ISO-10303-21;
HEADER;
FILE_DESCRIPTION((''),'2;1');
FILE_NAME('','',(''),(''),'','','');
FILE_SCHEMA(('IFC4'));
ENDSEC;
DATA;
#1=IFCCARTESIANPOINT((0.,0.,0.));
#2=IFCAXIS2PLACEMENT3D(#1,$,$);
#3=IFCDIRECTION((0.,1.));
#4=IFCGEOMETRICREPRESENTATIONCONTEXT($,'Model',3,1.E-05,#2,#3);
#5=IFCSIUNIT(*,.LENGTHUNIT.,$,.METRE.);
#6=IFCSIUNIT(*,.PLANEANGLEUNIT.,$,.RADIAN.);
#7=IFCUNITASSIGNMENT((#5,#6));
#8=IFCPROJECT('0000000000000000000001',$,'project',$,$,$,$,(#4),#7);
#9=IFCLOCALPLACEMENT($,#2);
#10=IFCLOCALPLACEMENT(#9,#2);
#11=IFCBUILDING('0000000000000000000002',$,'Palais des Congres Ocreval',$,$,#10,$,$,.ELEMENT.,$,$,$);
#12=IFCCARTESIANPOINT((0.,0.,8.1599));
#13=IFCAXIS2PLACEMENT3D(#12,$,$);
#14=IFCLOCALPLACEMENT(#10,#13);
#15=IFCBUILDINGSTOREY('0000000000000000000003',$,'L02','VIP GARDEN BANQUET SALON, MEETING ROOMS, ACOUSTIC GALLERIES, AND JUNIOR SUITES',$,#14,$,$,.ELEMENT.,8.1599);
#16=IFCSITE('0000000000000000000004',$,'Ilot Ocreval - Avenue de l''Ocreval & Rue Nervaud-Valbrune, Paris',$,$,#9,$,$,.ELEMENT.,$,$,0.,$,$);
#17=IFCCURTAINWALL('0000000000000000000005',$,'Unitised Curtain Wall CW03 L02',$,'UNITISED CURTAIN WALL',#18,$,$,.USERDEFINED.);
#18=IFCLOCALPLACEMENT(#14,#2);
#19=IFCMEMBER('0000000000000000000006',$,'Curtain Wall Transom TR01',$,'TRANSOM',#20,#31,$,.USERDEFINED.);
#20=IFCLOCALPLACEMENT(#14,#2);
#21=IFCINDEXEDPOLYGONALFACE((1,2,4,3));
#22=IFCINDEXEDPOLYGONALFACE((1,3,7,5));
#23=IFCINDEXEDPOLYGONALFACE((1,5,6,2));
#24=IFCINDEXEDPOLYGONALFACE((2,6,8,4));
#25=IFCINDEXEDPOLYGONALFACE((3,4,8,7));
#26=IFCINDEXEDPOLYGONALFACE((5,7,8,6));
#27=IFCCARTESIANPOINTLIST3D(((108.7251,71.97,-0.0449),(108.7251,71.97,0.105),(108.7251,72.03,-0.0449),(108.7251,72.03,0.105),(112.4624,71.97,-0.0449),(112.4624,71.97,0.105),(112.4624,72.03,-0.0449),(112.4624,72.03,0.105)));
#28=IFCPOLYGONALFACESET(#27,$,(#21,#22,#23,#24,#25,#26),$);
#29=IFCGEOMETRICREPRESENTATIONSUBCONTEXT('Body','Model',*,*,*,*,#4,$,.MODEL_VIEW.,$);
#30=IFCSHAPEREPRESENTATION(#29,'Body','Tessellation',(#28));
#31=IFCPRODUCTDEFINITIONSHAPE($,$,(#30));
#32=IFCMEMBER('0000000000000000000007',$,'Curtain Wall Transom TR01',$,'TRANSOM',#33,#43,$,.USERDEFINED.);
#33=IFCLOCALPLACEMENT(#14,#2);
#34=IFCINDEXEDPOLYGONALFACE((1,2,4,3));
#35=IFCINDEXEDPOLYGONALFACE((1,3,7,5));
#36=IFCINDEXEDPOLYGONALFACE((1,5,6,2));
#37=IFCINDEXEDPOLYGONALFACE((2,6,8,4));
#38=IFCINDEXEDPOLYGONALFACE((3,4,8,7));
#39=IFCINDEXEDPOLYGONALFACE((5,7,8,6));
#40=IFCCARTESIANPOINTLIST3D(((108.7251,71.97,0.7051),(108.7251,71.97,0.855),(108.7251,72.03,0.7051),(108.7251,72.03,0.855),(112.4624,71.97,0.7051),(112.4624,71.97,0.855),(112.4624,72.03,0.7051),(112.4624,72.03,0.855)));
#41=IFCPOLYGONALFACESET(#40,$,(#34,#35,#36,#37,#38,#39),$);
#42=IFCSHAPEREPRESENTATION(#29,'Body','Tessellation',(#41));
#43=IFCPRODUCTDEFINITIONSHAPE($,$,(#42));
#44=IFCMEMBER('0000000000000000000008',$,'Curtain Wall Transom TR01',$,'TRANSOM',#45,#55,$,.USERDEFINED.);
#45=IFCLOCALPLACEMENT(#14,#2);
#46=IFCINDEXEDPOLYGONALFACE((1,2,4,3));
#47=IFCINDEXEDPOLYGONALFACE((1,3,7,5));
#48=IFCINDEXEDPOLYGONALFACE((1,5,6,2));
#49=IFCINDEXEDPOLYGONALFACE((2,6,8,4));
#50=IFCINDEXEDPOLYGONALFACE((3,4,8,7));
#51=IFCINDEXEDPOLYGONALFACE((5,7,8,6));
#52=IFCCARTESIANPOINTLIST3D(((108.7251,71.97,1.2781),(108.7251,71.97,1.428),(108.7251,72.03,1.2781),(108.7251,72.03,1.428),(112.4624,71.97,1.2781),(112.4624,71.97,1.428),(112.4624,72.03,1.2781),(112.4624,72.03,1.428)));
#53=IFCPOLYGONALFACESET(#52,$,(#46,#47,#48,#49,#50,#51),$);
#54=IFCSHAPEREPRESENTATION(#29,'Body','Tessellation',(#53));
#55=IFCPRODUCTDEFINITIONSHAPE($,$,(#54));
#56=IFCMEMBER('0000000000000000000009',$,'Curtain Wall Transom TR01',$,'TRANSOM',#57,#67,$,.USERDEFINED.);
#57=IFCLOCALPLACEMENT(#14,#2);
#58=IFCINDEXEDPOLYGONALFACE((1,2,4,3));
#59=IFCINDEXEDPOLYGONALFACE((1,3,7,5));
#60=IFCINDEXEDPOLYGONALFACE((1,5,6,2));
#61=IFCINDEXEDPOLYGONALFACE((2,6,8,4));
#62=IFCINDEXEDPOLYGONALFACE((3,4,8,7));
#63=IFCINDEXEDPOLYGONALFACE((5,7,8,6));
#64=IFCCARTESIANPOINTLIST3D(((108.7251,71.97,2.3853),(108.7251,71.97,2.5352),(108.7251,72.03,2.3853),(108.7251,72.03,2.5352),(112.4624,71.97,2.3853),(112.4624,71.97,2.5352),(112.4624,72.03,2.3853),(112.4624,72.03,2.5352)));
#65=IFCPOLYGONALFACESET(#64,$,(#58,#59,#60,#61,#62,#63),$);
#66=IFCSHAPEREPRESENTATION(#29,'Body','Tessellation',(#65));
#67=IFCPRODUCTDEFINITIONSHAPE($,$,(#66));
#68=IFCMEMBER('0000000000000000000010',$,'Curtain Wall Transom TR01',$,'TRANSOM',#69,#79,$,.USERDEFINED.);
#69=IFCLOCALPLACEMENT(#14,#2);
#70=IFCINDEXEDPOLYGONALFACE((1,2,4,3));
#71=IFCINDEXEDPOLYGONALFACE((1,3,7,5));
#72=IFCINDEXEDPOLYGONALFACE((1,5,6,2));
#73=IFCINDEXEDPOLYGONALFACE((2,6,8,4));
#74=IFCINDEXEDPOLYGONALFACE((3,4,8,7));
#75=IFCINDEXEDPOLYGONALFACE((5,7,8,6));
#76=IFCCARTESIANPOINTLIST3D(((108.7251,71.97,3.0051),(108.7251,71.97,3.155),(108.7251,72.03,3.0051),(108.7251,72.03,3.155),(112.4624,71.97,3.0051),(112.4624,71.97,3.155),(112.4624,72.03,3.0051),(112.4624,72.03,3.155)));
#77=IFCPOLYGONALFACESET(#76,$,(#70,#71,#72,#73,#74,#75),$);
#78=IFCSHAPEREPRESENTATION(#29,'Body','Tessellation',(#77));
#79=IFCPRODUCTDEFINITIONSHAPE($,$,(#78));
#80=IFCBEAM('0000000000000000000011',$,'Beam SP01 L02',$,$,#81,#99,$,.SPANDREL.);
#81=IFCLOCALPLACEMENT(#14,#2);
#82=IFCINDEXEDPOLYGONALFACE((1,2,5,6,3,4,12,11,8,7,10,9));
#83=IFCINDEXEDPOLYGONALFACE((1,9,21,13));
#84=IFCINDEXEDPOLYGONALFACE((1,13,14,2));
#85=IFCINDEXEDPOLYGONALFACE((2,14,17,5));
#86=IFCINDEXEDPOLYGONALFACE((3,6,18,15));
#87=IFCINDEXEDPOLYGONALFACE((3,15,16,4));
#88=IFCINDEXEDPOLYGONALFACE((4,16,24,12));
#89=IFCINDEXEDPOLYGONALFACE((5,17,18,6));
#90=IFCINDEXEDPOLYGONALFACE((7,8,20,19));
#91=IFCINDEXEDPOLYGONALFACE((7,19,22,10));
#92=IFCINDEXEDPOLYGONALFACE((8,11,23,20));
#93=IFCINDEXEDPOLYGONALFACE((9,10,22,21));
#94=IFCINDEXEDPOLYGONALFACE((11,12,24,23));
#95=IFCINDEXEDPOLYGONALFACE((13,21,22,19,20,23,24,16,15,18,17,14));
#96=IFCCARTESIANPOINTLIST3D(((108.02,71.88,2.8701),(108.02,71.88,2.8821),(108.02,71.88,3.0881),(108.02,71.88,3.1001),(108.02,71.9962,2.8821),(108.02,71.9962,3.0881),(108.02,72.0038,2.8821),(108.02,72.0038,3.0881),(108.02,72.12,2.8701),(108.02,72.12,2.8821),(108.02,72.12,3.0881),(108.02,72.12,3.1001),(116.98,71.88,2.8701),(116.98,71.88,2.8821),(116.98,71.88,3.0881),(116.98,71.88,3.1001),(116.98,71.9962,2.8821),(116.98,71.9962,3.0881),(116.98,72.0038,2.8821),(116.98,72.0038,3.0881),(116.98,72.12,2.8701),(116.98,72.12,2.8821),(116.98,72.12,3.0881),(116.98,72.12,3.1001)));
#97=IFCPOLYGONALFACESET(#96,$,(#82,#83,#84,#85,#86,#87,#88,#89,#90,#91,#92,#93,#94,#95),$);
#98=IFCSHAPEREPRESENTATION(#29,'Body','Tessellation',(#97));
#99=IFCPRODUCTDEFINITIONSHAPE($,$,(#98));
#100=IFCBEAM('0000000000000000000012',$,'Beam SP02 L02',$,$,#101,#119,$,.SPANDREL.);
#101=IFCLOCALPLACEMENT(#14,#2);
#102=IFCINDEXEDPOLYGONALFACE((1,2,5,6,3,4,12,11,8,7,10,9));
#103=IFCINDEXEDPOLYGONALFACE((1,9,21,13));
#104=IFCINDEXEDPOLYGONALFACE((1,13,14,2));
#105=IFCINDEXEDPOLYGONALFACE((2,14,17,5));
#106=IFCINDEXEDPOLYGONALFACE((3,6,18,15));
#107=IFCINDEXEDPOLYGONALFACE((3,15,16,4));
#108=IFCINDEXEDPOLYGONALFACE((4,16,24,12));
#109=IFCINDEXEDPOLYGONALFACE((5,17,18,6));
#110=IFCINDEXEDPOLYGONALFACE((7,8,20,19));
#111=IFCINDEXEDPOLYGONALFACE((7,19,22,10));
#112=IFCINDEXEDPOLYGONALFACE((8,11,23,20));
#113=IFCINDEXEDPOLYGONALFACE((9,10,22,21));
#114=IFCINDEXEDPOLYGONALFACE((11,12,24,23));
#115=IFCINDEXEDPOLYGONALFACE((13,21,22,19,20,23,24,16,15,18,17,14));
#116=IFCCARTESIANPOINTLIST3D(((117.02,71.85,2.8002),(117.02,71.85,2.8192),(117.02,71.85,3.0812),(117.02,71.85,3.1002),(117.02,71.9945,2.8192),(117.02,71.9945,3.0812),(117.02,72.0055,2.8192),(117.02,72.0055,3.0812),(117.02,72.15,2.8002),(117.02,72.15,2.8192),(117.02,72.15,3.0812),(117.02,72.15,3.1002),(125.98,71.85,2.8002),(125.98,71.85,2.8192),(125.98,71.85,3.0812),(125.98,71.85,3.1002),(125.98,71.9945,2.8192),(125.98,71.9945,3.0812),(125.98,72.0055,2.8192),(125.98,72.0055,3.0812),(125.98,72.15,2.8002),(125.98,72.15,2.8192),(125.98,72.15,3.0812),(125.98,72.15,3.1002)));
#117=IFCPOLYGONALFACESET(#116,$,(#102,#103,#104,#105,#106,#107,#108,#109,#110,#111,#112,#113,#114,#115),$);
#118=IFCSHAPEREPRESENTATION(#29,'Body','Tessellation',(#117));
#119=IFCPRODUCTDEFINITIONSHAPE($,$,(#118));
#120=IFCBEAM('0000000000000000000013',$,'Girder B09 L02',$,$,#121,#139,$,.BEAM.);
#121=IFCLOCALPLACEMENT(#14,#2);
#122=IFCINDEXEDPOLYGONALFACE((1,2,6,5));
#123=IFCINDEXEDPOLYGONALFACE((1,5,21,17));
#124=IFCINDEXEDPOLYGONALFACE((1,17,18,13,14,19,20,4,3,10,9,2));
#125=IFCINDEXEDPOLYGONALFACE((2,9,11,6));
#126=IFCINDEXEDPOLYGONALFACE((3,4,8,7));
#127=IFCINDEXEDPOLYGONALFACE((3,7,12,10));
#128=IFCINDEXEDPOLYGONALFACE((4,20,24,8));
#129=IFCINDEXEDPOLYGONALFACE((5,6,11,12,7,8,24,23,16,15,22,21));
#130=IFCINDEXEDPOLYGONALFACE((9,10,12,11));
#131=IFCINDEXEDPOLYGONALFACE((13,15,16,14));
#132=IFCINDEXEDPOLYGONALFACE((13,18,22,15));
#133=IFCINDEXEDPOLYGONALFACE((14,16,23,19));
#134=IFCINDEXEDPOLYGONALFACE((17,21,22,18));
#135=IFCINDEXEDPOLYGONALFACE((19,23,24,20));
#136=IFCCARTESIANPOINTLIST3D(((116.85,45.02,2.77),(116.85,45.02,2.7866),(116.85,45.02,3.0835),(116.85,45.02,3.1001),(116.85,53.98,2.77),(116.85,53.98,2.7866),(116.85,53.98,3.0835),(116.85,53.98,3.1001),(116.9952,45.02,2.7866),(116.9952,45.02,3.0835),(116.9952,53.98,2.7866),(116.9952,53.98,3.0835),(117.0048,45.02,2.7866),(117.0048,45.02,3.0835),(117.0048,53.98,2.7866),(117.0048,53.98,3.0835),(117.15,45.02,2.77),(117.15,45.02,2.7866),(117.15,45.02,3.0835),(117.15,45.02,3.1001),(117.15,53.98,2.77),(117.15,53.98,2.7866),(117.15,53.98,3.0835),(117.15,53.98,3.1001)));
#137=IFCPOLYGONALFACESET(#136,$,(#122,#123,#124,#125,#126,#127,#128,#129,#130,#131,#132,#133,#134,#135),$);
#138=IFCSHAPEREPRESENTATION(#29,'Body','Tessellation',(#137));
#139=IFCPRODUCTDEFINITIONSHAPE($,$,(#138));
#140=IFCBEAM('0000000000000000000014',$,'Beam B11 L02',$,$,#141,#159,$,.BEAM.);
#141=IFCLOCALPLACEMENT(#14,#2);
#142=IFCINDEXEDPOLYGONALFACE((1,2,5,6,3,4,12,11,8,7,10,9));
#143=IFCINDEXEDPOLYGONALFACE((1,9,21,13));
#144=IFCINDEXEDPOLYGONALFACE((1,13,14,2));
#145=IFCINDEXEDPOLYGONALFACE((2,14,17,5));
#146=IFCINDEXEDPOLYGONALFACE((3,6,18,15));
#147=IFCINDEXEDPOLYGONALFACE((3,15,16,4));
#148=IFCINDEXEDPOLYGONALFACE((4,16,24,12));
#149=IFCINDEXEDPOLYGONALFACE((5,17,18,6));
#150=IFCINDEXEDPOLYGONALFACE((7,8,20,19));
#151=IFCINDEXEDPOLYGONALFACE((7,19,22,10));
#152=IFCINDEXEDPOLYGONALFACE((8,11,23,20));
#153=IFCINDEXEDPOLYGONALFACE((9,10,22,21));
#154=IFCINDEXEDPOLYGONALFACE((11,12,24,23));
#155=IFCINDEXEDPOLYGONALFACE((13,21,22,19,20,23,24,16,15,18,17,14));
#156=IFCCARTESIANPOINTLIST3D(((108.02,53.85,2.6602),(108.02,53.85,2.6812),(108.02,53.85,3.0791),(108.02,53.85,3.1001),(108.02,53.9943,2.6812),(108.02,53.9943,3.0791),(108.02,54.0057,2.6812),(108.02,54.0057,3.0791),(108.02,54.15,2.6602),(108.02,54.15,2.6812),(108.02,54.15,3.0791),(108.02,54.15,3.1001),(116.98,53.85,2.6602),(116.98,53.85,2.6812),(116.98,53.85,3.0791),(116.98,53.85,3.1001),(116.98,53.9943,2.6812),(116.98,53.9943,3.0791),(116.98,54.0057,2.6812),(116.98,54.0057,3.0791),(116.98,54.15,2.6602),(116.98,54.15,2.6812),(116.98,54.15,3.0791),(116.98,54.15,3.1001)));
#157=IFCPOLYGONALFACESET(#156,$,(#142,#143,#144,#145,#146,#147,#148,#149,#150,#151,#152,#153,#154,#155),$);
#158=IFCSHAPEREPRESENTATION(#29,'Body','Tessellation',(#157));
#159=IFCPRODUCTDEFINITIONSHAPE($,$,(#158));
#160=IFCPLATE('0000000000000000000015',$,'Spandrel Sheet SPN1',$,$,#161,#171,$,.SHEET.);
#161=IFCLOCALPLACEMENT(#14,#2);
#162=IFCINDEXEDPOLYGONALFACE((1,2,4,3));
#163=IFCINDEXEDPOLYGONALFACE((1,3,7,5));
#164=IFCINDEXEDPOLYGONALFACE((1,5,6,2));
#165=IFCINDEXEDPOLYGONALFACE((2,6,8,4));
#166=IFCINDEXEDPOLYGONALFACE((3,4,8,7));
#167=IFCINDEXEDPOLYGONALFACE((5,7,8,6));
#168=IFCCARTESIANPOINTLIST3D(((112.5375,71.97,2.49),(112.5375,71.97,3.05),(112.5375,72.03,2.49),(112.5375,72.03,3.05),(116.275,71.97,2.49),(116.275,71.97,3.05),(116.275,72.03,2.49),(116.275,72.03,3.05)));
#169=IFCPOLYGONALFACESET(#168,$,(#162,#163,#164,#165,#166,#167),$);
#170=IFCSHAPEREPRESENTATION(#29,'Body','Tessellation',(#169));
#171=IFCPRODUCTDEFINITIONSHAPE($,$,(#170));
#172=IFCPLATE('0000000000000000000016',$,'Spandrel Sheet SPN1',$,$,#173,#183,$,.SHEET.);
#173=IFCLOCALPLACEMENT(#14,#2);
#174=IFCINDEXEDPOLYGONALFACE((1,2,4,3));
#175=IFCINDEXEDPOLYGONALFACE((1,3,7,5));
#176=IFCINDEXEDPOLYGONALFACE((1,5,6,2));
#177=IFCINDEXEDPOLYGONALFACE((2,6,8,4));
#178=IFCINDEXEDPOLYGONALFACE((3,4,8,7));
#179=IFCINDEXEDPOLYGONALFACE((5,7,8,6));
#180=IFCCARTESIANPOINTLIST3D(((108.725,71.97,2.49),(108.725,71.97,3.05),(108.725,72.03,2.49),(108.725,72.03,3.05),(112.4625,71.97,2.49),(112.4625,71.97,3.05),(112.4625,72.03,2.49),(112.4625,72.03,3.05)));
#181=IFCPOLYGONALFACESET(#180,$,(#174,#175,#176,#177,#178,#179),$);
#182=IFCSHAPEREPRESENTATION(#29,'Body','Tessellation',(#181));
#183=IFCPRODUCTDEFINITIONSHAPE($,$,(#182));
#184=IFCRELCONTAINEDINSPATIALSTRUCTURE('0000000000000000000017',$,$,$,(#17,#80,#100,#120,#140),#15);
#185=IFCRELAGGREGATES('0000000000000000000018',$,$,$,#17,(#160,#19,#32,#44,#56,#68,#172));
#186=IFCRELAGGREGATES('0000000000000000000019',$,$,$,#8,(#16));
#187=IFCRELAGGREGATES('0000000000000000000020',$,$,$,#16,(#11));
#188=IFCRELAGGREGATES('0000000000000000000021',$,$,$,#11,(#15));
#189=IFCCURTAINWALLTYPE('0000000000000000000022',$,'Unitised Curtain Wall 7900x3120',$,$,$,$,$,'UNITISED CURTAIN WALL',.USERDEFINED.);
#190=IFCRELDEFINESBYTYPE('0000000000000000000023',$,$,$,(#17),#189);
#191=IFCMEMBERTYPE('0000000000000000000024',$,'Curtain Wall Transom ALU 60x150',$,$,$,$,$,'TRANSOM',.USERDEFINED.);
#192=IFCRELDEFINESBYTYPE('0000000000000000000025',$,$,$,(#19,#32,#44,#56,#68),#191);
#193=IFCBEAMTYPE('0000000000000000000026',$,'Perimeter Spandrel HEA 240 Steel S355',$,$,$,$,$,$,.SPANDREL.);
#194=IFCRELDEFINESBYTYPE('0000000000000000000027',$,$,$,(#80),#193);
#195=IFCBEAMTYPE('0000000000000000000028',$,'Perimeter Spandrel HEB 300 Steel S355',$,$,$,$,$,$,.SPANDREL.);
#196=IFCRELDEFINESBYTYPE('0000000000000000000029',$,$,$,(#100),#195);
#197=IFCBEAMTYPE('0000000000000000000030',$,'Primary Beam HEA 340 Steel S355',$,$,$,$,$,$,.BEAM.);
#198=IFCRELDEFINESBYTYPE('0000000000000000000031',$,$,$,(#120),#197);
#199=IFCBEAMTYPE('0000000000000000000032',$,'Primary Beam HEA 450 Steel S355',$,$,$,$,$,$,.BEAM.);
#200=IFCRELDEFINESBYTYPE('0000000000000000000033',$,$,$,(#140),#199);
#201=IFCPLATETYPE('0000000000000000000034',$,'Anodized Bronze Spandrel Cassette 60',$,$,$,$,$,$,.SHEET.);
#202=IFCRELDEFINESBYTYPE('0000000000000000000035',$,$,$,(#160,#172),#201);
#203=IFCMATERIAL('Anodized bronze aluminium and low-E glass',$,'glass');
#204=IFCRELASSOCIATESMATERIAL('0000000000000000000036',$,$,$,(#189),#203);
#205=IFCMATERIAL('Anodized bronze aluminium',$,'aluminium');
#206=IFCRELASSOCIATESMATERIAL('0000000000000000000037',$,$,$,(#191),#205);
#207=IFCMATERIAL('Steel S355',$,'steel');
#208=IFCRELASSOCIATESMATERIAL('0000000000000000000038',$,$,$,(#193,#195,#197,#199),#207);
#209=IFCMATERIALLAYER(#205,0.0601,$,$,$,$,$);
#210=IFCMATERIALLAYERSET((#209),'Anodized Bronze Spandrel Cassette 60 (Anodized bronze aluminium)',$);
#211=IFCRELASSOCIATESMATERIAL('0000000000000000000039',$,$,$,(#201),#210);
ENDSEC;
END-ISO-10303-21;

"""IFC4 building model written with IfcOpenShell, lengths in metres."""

from ifc_helpers import new_model, si_unit, direction, frame, origin, origin_2d, place, context, subcontext, project, spatial, rectangle, i_section, extrude, material, layer, layer_set, material_profile, profile_set, type_object, element, aggregate, save


model = new_model("IFC4")

# Units and contexts
model_context = context("Model", 3, precision=1e-05, world=origin(), true_north=direction((0.0, 1.0)))
body_context = subcontext(model_context, "Body", "Model", "MODEL_VIEW")
ifc_project = project(units=[si_unit("LENGTHUNIT", "METRE"), si_unit("PLANEANGLEUNIT", "RADIAN")], contexts=[model_context])

# Site, building, storey
site_placement = place(None, origin())
site = spatial("IfcSite", under=ifc_project, at=site_placement, Name="Ilot Ocreval - Avenue de l'Ocreval & Rue Nervaud-Valbrune, Paris", CompositionType="ELEMENT", RefElevation=0.0)
building_placement = place(site_placement, origin())
building = spatial("IfcBuilding", under=site, at=building_placement, Name="Palais des Congres Ocreval", CompositionType="ELEMENT")
storey_placement = place(building_placement, frame((0.0, 0.0, 8.1599)))
storey = spatial("IfcBuildingStorey", under=building, at=storey_placement, Name="L02", Description="VIP GARDEN BANQUET SALON, MEETING ROOMS, ACOUSTIC GALLERIES, AND JUNIOR SUITES", CompositionType="ELEMENT", Elevation=8.1599)

# Shared definitions
ifc_material_1 = material(Name="Steel S355", Category="steel")

# Curtain wall, members
ifc_material_2 = material(Name="Anodized bronze aluminium and low-E glass", Category="glass")
curtain_wall_type = type_object("IfcCurtainWallType", Name="Unitised Curtain Wall 7900x3120", ElementType="UNITISED CURTAIN WALL", PredefinedType="USERDEFINED", material=ifc_material_2)
curtain_wall_placement = place(storey_placement, origin())
curtain_wall = element("IfcCurtainWall", 1, at=curtain_wall_placement, inside=storey, type_object=curtain_wall_type, Name="Unitised Curtain Wall CW03 L02", ObjectType="UNITISED CURTAIN WALL", PredefinedType="USERDEFINED")
ifc_material_3 = material(Name="Anodized bronze aluminium", Category="aluminium")
ifc_material_profile_1 = material_profile(ifc_material_3, rectangle(XDim=0.0601, YDim=0.1499, at=origin_2d()), Name="ALU 60x150")
ifc_profile_set_1 = profile_set([ifc_material_profile_1], Name="Anodized bronze aluminium")
member_type_1 = type_object("IfcMemberType", Name="Curtain Wall Transom ALU 60x150", ElementType="TRANSOM", PredefinedType="USERDEFINED", material=ifc_profile_set_1)
member_1_placement = place(storey_placement, frame((112.4624, 72.0, 0.03), z_axis=(-1.0, 0.0, 0.0), x_axis=(0.0, -1.0, 0.0)))
member_1 = element("IfcMember", 2, at=member_1_placement, type_object=member_type_1, Name="Curtain Wall Transom TR01", ObjectType="TRANSOM", PredefinedType="USERDEFINED", context=body_context, shape_type="SweptSolid", body=[
    extrude(rectangle(XDim=0.0601, YDim=0.1499, at=origin_2d()), origin(), (0.0, 0.0, 1.0), 3.7373),
])
member_2_placement = place(storey_placement, frame((112.4624, 72.0, 0.78), z_axis=(-1.0, 0.0, 0.0), x_axis=(0.0, -1.0, 0.0)))
member_2 = element("IfcMember", 3, at=member_2_placement, type_object=member_type_1, Name="Curtain Wall Transom TR01", ObjectType="TRANSOM", PredefinedType="USERDEFINED", context=body_context, shape_type="SweptSolid", body=[
    extrude(rectangle(XDim=0.0601, YDim=0.1499, at=origin_2d()), origin(), (0.0, 0.0, 1.0), 3.7373),
])
member_3_placement = place(storey_placement, frame((112.4624, 72.0, 1.353), z_axis=(-1.0, 0.0, 0.0), x_axis=(0.0, -1.0, 0.0)))
member_3 = element("IfcMember", 4, at=member_3_placement, type_object=member_type_1, Name="Curtain Wall Transom TR01", ObjectType="TRANSOM", PredefinedType="USERDEFINED", context=body_context, shape_type="SweptSolid", body=[
    extrude(rectangle(XDim=0.0601, YDim=0.1499, at=origin_2d()), origin(), (0.0, 0.0, 1.0), 3.7373),
])
member_4_placement = place(storey_placement, frame((112.4624, 72.0, 2.4602), z_axis=(-1.0, 0.0, 0.0), x_axis=(0.0, -1.0, 0.0)))
member_4 = element("IfcMember", 5, at=member_4_placement, type_object=member_type_1, Name="Curtain Wall Transom TR01", ObjectType="TRANSOM", PredefinedType="USERDEFINED", context=body_context, shape_type="SweptSolid", body=[
    extrude(rectangle(XDim=0.0601, YDim=0.1499, at=origin_2d()), origin(), (0.0, 0.0, 1.0), 3.7373),
])
member_5_placement = place(storey_placement, frame((112.4624, 72.0, 3.0801), z_axis=(-1.0, 0.0, 0.0), x_axis=(0.0, -1.0, 0.0)))
member_5 = element("IfcMember", 6, at=member_5_placement, type_object=member_type_1, Name="Curtain Wall Transom TR01", ObjectType="TRANSOM", PredefinedType="USERDEFINED", context=body_context, shape_type="SweptSolid", body=[
    extrude(rectangle(XDim=0.0601, YDim=0.1499, at=origin_2d()), origin(), (0.0, 0.0, 1.0), 3.7373),
])

# Beams
ifc_material_profile_2 = material_profile(ifc_material_1, i_section(OverallWidth=0.24, OverallDepth=0.23, WebThickness=0.0076, FlangeThickness=0.012, at=origin_2d()), Name="HEA 240")
ifc_profile_set_2 = profile_set([ifc_material_profile_2], Name="Steel S355")
beam_type_1 = type_object("IfcBeamType", Name="Perimeter Spandrel HEA 240 Steel S355", PredefinedType="SPANDREL", material=ifc_profile_set_2)
beam_1_placement = place(storey_placement, frame((108.02, 72.0, 2.9851), z_axis=(1.0, 0.0, 0.0), x_axis=(0.0, 1.0, 0.0)))
element("IfcBeam", 7, at=beam_1_placement, inside=storey, type_object=beam_type_1, Name="Beam SP01 L02", PredefinedType="SPANDREL", context=body_context, shape_type="SweptSolid", body=[
    extrude(i_section(OverallWidth=0.24, OverallDepth=0.23, WebThickness=0.0076, FlangeThickness=0.012, at=origin_2d()), origin(), (0.0, 0.0, 1.0), 8.96),
])
ifc_material_profile_3 = material_profile(ifc_material_1, i_section(OverallWidth=0.3, OverallDepth=0.3, WebThickness=0.011, FlangeThickness=0.019, at=origin_2d()), Name="HEB 300")
ifc_profile_set_3 = profile_set([ifc_material_profile_3], Name="Steel S355")
beam_type_2 = type_object("IfcBeamType", Name="Perimeter Spandrel HEB 300 Steel S355", PredefinedType="SPANDREL", material=ifc_profile_set_3)
beam_2_placement = place(storey_placement, frame((117.02, 72.0, 2.9502), z_axis=(1.0, 0.0, 0.0), x_axis=(0.0, 1.0, 0.0)))
element("IfcBeam", 8, at=beam_2_placement, inside=storey, type_object=beam_type_2, Name="Beam SP02 L02", PredefinedType="SPANDREL", context=body_context, shape_type="SweptSolid", body=[
    extrude(i_section(OverallWidth=0.3, OverallDepth=0.3, WebThickness=0.011, FlangeThickness=0.019, at=origin_2d()), origin(), (0.0, 0.0, 1.0), 8.96),
])
ifc_material_profile_4 = material_profile(ifc_material_1, i_section(OverallWidth=0.3, OverallDepth=0.3301, WebThickness=0.0095, FlangeThickness=0.0166, at=origin_2d()), Name="HEA 340")
ifc_profile_set_4 = profile_set([ifc_material_profile_4], Name="Steel S355")
beam_type_3 = type_object("IfcBeamType", Name="Primary Beam HEA 340 Steel S355", PredefinedType="BEAM", material=ifc_profile_set_4)
beam_3_placement = place(storey_placement, frame((117.0, 45.02, 2.9351), z_axis=(0.0, 1.0, 0.0), x_axis=(-1.0, 0.0, 0.0)))
element("IfcBeam", 9, at=beam_3_placement, inside=storey, type_object=beam_type_3, Name="Girder B09 L02", PredefinedType="BEAM", context=body_context, shape_type="SweptSolid", body=[
    extrude(i_section(OverallWidth=0.3, OverallDepth=0.3301, WebThickness=0.0095, FlangeThickness=0.0166, at=origin_2d()), origin(), (0.0, 0.0, 1.0), 8.96),
])
ifc_material_profile_5 = material_profile(ifc_material_1, i_section(OverallWidth=0.3, OverallDepth=0.4399, WebThickness=0.0115, FlangeThickness=0.021, at=origin_2d()), Name="HEA 450")
ifc_profile_set_5 = profile_set([ifc_material_profile_5], Name="Steel S355")
beam_type_4 = type_object("IfcBeamType", Name="Primary Beam HEA 450 Steel S355", PredefinedType="BEAM", material=ifc_profile_set_5)
beam_4_placement = place(storey_placement, frame((108.02, 54.0, 2.8801), z_axis=(1.0, 0.0, 0.0), x_axis=(0.0, 1.0, 0.0)))
element("IfcBeam", 10, at=beam_4_placement, inside=storey, type_object=beam_type_4, Name="Beam B11 L02", PredefinedType="BEAM", context=body_context, shape_type="SweptSolid", body=[
    extrude(i_section(OverallWidth=0.3, OverallDepth=0.4399, WebThickness=0.0115, FlangeThickness=0.021, at=origin_2d()), origin(), (0.0, 0.0, 1.0), 8.96),
])

# Plates
ifc_layer_1 = layer(ifc_material_3, 0.0601)
ifc_layer_set_1 = layer_set([ifc_layer_1], Name="Anodized Bronze Spandrel Cassette 60 (Anodized bronze aluminium)")
plate_type_1 = type_object("IfcPlateType", Name="Anodized Bronze Spandrel Cassette 60", PredefinedType="SHEET", material=ifc_layer_set_1)
plate_1_placement = place(storey_placement, frame((114.4062, 72.0, 2.49), z_axis=(0.0, 0.0, 1.0), x_axis=(-1.0, 0.0, 0.0)))
plate_1 = element("IfcPlate", 11, at=plate_1_placement, type_object=plate_type_1, Name="Spandrel Sheet SPN1", PredefinedType="SHEET", context=body_context, shape_type="SweptSolid", body=[
    extrude(rectangle(XDim=3.7375, YDim=0.0601, at=origin_2d()), origin(), (0.0, 0.0, 1.0), 0.5601),
])
plate_2_placement = place(storey_placement, frame((110.5938, 72.0, 2.49), z_axis=(0.0, 0.0, 1.0), x_axis=(-1.0, 0.0, 0.0)))
plate_2 = element("IfcPlate", 12, at=plate_2_placement, type_object=plate_type_1, Name="Spandrel Sheet SPN1", PredefinedType="SHEET", context=body_context, shape_type="SweptSolid", body=[
    extrude(rectangle(XDim=3.7375, YDim=0.0601, at=origin_2d()), origin(), (0.0, 0.0, 1.0), 0.5601),
])
aggregate(curtain_wall, [plate_1, member_1, member_2, member_3, member_4, member_5, plate_2])

save(model, "model.ifc")
